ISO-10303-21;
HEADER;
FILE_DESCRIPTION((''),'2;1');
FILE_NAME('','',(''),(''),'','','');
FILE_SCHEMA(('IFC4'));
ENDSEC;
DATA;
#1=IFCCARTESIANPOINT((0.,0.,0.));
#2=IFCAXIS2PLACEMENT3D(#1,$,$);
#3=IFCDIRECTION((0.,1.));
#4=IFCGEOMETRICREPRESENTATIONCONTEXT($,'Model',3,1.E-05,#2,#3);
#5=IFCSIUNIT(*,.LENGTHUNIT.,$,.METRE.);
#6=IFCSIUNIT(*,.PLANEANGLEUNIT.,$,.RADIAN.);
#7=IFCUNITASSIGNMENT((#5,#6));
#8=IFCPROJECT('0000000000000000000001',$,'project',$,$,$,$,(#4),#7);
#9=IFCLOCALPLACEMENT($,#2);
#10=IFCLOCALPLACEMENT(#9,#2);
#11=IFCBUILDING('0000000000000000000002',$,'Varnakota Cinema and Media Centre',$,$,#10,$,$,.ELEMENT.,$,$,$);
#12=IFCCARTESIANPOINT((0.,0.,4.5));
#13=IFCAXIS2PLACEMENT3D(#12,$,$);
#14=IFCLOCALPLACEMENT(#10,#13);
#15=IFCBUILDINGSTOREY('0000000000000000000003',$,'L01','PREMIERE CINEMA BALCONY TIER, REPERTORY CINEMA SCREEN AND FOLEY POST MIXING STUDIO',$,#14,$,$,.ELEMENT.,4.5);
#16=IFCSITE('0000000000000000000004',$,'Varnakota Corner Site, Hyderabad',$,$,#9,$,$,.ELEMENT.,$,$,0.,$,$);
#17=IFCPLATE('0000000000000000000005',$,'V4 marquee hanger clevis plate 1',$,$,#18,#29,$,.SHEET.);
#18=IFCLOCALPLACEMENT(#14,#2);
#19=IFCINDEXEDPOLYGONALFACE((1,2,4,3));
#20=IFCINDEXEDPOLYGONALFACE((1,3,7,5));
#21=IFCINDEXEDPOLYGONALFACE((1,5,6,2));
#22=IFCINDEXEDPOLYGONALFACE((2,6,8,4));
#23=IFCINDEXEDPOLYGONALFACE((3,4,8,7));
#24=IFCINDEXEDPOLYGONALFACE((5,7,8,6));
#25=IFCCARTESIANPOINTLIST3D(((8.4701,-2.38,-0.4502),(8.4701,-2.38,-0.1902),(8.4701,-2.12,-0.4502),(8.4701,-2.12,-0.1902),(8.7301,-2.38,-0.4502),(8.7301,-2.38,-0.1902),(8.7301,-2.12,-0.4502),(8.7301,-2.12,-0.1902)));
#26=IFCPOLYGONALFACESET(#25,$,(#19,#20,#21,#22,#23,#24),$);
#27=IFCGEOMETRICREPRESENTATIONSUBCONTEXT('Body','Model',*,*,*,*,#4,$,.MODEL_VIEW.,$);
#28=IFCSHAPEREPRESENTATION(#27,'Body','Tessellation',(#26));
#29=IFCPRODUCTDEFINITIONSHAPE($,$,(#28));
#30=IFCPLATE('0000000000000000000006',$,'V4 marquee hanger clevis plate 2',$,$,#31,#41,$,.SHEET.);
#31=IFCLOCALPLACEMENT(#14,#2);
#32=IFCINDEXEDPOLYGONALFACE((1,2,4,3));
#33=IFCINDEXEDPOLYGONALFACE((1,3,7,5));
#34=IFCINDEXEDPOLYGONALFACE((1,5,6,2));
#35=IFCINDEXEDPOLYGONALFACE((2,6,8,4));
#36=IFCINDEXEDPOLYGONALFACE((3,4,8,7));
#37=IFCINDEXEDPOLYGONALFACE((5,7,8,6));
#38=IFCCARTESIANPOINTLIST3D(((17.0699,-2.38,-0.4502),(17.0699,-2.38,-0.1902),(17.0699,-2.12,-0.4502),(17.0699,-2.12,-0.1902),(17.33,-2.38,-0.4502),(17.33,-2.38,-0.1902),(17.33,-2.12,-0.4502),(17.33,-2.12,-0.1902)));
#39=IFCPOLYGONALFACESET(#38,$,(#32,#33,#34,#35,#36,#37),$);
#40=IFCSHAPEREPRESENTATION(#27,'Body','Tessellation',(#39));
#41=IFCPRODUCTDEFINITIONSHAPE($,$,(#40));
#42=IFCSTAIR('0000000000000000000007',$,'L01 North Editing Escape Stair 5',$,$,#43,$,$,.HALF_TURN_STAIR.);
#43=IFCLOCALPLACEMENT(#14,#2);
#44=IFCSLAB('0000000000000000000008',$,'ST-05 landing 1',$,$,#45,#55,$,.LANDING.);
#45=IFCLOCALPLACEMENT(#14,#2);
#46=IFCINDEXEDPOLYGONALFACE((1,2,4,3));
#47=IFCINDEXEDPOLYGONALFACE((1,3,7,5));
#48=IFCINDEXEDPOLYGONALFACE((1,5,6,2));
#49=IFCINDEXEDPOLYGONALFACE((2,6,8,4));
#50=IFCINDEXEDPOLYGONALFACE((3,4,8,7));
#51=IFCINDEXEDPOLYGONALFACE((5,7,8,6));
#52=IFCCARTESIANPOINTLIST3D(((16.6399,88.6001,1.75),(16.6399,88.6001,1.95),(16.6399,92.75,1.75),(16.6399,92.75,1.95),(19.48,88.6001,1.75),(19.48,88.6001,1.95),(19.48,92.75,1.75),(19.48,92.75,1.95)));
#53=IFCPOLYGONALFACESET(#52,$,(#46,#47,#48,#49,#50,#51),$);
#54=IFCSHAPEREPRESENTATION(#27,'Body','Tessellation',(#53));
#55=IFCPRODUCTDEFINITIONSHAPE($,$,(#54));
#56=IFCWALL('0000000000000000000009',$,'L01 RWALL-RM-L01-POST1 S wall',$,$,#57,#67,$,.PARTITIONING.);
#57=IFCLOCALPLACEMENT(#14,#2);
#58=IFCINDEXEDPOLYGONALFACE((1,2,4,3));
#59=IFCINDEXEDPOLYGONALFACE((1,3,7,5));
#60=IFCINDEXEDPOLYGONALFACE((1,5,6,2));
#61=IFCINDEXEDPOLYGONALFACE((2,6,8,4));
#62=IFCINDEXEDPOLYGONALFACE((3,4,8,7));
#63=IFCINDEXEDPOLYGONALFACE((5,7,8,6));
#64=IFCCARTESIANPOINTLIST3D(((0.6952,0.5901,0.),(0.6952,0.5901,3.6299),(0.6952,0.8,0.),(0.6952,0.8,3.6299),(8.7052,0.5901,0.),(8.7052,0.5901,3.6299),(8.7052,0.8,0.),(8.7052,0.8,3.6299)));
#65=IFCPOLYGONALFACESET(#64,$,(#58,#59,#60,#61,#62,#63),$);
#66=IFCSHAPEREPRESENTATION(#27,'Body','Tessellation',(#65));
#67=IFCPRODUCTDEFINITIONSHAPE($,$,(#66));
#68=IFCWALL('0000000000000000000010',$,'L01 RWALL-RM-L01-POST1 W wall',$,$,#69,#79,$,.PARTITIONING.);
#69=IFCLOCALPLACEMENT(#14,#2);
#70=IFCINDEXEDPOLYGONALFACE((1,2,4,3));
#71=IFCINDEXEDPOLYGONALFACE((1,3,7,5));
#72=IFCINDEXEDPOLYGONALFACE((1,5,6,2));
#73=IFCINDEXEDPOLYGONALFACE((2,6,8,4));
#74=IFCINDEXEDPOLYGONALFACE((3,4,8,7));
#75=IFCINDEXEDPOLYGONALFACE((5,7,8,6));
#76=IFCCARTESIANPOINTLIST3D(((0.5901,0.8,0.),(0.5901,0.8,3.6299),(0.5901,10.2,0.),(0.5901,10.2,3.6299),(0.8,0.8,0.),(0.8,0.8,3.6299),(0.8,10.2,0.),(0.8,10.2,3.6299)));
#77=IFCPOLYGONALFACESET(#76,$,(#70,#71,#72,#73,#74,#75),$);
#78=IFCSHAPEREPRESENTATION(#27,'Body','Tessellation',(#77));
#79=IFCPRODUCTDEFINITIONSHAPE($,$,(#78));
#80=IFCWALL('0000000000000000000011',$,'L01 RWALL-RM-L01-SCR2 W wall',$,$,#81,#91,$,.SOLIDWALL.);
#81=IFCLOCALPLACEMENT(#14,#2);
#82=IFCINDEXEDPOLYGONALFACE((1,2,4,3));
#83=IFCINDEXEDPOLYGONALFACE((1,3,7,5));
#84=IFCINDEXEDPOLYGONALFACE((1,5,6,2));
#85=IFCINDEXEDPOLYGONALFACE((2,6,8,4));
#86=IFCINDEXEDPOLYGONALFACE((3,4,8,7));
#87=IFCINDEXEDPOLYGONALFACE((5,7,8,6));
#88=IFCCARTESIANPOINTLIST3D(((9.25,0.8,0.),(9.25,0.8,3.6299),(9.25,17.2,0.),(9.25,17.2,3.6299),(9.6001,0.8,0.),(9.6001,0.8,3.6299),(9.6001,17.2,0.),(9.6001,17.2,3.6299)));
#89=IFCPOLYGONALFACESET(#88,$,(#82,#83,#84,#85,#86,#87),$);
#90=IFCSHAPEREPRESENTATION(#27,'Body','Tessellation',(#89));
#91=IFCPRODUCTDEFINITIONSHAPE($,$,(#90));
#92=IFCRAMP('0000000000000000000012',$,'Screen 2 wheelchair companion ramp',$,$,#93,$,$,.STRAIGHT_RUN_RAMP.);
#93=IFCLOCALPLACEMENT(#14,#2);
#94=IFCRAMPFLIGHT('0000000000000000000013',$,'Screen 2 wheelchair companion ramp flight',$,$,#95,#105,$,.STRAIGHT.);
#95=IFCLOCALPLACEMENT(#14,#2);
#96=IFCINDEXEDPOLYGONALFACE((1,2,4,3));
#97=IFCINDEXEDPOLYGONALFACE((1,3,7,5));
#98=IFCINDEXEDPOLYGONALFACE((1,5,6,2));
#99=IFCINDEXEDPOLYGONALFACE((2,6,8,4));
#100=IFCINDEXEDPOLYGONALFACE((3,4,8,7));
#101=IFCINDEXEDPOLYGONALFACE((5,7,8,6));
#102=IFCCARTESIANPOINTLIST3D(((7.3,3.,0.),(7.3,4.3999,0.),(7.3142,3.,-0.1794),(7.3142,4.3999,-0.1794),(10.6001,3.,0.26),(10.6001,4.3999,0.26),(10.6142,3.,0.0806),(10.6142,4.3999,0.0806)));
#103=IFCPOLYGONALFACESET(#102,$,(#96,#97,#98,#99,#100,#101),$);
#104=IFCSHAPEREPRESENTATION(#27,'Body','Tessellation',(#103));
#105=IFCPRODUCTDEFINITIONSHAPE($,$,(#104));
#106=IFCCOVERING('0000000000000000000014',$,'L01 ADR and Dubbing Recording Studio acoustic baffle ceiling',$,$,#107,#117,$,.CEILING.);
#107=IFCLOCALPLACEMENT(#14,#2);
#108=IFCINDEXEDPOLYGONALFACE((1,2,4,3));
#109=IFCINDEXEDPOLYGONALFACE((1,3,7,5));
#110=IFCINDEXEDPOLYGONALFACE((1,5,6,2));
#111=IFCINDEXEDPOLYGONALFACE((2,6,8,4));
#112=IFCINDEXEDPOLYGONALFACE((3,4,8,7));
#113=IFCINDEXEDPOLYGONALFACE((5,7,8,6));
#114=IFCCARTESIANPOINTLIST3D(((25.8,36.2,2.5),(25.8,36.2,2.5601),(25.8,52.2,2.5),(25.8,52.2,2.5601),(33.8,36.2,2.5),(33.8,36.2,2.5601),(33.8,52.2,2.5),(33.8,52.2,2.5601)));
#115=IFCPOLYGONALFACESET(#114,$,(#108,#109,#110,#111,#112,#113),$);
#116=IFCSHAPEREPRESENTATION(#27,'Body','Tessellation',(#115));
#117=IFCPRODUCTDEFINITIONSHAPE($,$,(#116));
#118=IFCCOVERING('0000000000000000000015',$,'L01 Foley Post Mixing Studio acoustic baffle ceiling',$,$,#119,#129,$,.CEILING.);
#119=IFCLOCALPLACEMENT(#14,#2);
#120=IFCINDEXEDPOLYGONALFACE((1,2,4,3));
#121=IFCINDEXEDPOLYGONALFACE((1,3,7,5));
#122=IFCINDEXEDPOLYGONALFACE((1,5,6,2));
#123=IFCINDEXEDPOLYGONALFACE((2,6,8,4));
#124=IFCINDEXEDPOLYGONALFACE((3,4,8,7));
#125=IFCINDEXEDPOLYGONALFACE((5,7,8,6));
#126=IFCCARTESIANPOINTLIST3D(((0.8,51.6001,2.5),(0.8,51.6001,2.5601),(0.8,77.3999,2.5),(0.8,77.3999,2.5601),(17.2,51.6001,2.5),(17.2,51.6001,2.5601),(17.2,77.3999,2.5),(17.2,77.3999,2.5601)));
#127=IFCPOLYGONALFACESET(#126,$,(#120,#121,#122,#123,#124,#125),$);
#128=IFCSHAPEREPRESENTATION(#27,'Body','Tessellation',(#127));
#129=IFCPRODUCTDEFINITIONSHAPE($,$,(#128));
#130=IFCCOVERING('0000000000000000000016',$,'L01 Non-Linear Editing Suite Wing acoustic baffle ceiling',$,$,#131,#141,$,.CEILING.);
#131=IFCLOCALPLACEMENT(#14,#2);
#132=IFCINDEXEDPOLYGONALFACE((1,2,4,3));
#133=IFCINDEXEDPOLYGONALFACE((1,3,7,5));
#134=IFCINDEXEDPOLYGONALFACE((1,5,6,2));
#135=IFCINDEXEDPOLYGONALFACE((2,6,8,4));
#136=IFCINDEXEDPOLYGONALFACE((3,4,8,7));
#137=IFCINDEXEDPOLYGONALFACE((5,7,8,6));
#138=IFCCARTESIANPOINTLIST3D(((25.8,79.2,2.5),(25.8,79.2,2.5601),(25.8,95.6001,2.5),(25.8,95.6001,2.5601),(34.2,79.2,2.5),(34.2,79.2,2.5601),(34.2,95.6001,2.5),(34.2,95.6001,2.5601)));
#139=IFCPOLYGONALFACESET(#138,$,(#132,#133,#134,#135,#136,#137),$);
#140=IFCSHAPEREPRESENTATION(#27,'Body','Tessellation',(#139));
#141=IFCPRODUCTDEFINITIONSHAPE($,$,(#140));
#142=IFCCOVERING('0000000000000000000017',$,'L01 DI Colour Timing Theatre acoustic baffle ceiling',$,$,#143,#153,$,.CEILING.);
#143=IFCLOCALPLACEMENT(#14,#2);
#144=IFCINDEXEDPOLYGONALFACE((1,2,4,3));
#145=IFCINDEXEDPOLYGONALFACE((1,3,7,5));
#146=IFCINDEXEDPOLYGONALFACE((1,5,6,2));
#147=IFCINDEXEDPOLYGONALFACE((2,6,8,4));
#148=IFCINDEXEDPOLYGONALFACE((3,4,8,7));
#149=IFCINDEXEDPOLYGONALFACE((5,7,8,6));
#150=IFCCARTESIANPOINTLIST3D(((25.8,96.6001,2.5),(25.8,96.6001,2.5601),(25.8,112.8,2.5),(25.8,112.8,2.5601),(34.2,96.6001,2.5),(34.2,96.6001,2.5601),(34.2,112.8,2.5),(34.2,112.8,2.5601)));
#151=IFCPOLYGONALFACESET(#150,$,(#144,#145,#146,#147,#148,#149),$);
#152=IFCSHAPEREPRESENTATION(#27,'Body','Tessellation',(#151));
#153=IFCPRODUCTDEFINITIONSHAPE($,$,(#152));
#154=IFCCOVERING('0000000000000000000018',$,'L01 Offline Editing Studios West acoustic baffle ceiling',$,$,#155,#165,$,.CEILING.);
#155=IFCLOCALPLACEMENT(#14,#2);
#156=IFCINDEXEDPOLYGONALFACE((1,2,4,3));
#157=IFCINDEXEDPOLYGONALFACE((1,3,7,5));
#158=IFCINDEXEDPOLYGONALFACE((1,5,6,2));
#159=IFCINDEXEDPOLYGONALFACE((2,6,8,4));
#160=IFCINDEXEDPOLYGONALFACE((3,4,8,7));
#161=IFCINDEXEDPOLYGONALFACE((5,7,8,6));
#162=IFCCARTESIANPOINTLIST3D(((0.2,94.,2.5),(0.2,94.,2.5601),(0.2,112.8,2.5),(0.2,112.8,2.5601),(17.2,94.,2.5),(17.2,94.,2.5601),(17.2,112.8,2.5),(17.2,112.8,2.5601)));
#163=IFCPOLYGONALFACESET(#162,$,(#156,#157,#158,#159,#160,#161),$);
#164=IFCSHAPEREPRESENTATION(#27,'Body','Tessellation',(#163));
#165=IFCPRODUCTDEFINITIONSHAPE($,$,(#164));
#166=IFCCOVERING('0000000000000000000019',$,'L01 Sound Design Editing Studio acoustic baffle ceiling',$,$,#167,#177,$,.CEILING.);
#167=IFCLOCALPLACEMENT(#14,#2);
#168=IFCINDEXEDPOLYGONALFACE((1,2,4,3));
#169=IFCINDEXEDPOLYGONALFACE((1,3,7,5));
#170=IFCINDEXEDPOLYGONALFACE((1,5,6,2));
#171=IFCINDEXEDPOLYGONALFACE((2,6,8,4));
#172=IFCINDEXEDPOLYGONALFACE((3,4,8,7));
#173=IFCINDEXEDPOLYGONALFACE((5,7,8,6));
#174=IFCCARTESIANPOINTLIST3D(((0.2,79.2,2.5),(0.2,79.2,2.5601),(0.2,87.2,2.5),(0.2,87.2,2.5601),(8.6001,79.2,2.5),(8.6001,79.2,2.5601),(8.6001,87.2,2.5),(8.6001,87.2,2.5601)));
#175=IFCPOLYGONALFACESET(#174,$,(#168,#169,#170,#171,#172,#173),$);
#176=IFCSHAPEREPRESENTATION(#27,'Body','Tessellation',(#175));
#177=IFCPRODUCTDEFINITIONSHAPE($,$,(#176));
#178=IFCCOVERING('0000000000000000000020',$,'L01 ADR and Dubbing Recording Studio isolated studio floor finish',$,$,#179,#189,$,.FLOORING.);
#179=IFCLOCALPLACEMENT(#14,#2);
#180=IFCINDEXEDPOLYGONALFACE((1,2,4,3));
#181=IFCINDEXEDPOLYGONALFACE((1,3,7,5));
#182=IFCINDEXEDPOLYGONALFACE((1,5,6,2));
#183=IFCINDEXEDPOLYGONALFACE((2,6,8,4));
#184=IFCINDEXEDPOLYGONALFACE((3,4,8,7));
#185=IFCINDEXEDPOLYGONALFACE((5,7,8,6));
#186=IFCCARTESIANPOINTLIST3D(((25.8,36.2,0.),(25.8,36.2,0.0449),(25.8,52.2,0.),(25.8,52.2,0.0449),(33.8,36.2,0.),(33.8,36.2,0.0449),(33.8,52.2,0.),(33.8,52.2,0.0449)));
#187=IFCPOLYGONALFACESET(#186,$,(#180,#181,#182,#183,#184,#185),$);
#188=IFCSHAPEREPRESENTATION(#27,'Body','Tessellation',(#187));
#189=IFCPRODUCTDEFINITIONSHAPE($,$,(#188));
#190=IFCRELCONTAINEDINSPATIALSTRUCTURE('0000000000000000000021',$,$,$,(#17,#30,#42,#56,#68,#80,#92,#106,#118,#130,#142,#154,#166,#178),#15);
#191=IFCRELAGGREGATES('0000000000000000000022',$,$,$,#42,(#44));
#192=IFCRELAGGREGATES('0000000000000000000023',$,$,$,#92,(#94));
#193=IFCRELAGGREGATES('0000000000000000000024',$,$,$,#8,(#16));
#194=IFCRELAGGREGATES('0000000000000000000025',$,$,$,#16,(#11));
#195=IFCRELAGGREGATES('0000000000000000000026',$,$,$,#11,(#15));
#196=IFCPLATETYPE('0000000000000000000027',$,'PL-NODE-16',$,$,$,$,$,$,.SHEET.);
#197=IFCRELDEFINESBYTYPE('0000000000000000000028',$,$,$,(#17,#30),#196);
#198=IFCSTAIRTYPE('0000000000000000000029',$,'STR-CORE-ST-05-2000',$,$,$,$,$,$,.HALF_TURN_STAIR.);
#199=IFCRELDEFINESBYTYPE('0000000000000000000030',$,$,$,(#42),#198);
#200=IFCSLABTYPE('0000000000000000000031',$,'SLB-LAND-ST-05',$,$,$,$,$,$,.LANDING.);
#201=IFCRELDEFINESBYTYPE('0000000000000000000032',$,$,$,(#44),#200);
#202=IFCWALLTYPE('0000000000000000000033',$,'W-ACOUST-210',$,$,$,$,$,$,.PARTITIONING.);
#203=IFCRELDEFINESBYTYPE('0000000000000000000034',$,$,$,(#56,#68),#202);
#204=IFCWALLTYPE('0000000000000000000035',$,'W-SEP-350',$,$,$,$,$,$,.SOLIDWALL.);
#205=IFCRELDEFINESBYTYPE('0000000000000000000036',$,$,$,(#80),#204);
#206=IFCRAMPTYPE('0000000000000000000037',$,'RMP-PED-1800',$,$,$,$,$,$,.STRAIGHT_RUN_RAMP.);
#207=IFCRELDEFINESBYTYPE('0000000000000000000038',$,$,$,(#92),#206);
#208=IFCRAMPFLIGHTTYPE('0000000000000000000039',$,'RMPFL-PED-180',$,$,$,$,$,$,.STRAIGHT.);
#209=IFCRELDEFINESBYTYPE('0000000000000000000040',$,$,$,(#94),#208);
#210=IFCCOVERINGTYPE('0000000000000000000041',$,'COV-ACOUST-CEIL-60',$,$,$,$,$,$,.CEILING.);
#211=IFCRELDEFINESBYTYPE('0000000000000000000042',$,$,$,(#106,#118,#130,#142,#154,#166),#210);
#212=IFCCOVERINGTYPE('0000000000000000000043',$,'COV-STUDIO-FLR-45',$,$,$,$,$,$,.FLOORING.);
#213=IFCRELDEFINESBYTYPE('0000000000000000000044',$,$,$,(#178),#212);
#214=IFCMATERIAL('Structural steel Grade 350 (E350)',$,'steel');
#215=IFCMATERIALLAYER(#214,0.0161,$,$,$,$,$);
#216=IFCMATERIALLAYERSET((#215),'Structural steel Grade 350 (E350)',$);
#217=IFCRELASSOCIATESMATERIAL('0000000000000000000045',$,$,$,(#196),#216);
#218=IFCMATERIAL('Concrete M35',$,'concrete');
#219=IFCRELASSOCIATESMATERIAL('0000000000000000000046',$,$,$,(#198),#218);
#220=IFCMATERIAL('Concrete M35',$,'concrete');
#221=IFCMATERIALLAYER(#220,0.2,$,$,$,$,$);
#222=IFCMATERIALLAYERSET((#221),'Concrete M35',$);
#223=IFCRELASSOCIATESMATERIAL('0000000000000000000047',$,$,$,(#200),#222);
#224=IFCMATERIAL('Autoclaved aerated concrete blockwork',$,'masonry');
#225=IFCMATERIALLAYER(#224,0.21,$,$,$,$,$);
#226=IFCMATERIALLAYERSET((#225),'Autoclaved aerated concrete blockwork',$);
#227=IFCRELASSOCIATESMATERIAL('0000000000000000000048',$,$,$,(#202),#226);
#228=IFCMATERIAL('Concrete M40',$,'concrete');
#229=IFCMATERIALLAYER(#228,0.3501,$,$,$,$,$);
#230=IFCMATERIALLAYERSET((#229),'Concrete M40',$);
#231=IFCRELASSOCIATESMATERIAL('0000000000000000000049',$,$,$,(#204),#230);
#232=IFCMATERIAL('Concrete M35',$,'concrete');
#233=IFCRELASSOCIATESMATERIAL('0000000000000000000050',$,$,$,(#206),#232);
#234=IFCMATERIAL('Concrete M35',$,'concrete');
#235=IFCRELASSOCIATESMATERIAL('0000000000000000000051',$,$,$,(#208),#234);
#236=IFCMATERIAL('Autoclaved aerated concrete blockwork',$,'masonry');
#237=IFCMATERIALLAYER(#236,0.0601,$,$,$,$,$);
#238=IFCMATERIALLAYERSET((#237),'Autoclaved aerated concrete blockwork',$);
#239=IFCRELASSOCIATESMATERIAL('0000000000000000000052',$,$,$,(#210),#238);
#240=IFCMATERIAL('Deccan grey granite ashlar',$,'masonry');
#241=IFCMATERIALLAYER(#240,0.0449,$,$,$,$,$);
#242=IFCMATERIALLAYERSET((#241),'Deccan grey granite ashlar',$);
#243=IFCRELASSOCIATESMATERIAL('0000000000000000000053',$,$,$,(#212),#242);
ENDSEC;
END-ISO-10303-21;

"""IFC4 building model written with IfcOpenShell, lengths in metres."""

from ifc_helpers import new_model, si_unit, direction, frame, frame_2d, origin, origin_2d, place, context, subcontext, project, spatial, polyline, rectangle, outline, extrude, material, layer, layer_set, type_object, element, aggregate, save


model = new_model("IFC4")

# Units and contexts
model_context = context("Model", 3, precision=1e-05, world=origin(), true_north=direction((0.0, 1.0)))
body_context = subcontext(model_context, "Body", "Model", "MODEL_VIEW")
ifc_project = project(units=[si_unit("LENGTHUNIT", "METRE"), si_unit("PLANEANGLEUNIT", "RADIAN")], contexts=[model_context])

# Site, building, storey
site_placement = place(None, origin())
site = spatial("IfcSite", under=ifc_project, at=site_placement, Name="Varnakota Corner Site, Hyderabad", CompositionType="ELEMENT", RefElevation=0.0)
building_placement = place(site_placement, origin())
building = spatial("IfcBuilding", under=site, at=building_placement, Name="Varnakota Cinema and Media Centre", CompositionType="ELEMENT")
storey_placement = place(building_placement, frame((0.0, 0.0, 4.5)))
storey = spatial("IfcBuildingStorey", under=building, at=storey_placement, Name="L01", Description="PREMIERE CINEMA BALCONY TIER, REPERTORY CINEMA SCREEN AND FOLEY POST MIXING STUDIO", CompositionType="ELEMENT", Elevation=4.5)

# Plates
ifc_material_1 = material(Name="Structural steel Grade 350 (E350)", Category="steel")
ifc_layer_1 = layer(ifc_material_1, 0.0161)
ifc_layer_set_1 = layer_set([ifc_layer_1], Name="Structural steel Grade 350 (E350)")
plate_type = type_object("IfcPlateType", Name="PL-NODE-16", PredefinedType="SHEET", material=ifc_layer_set_1)
for number, where, z_axis, x_axis, name in (
    (1, (8.6001, -2.25, -0.4502), (0.0, 0.0, 1.0), (1.0, 0.0, 0.0), "V4 marquee hanger clevis plate 1"),
    (2, (17.2, -2.25, -0.4502), (0.0, 0.0, 1.0), (1.0, 0.0, 0.0), "V4 marquee hanger clevis plate 2"),
):
    element("IfcPlate", number, at=place(storey_placement, frame(where, z_axis=z_axis, x_axis=x_axis)), inside=storey, type_object=plate_type, Name=name, PredefinedType="SHEET", context=body_context, shape_type="SweptSolid", body=[
        extrude(rectangle(XDim=0.26, YDim=0.26, at=origin_2d()), origin(), (0.0, 0.0, 1.0), 0.26),
    ])

# Stair, slab
ifc_material_2 = material(Name="Concrete M35", Category="concrete")
stair_type = type_object("IfcStairType", Name="STR-CORE-ST-05-2000", PredefinedType="HALF_TURN_STAIR", material=ifc_material_2)
stair_placement = place(storey_placement, origin())
stair = element("IfcStair", 3, at=stair_placement, inside=storey, type_object=stair_type, Name="L01 North Editing Escape Stair 5", PredefinedType="HALF_TURN_STAIR")
ifc_material_3 = material(Name="Concrete M35", Category="concrete")
ifc_layer_2 = layer(ifc_material_3, 0.2)
ifc_layer_set_2 = layer_set([ifc_layer_2], Name="Concrete M35")
slab_type = type_object("IfcSlabType", Name="SLB-LAND-ST-05", PredefinedType="LANDING", material=ifc_layer_set_2)
slab_placement = place(storey_placement, frame((0.0, 0.0, 1.75)))
slab = element("IfcSlab", 4, at=slab_placement, type_object=slab_type, Name="ST-05 landing 1", PredefinedType="LANDING", context=body_context, shape_type="SweptSolid", body=[
    extrude(outline(polyline([(16.6399, 88.6001), (19.48, 88.6001), (19.48, 92.75), (16.6399, 92.75), (16.6399, 88.6001)])), origin(), (0.0, 0.0, 1.0), 0.2),
])
aggregate(stair, [slab])

# Walls
ifc_material_4 = material(Name="Autoclaved aerated concrete blockwork", Category="masonry")
ifc_layer_3 = layer(ifc_material_4, 0.21)
ifc_layer_set_3 = layer_set([ifc_layer_3], Name="Autoclaved aerated concrete blockwork")
wall_type_1 = type_object("IfcWallType", Name="W-ACOUST-210", PredefinedType="PARTITIONING", material=ifc_layer_set_3)
wall_1_placement = place(storey_placement, frame((8.7051, 0.6951, 0.0), z_axis=(0.0, 0.0, 1.0), x_axis=(-1.0, 0.0, 0.0)))
element("IfcWall", 5, at=wall_1_placement, inside=storey, type_object=wall_type_1, Name="L01 RWALL-RM-L01-POST1 S wall", PredefinedType="PARTITIONING", context=body_context, shape_type="SweptSolid", body=[
    extrude(rectangle(XDim=8.01, YDim=0.21, at=frame_2d((4.0049, 0.0))), origin(), (0.0, 0.0, 1.0), 3.6299),
])
wall_2_placement = place(storey_placement, frame((0.6951, 0.8, 0.0), z_axis=(0.0, 0.0, 1.0), x_axis=(0.0, 1.0, 0.0)))
element("IfcWall", 6, at=wall_2_placement, inside=storey, type_object=wall_type_1, Name="L01 RWALL-RM-L01-POST1 W wall", PredefinedType="PARTITIONING", context=body_context, shape_type="SweptSolid", body=[
    extrude(rectangle(XDim=9.3999, YDim=0.21, at=frame_2d((4.7, 0.0))), origin(), (0.0, 0.0, 1.0), 3.6299),
])
ifc_material_5 = material(Name="Concrete M40", Category="concrete")
ifc_layer_4 = layer(ifc_material_5, 0.3501)
ifc_layer_set_4 = layer_set([ifc_layer_4], Name="Concrete M40")
wall_type_2 = type_object("IfcWallType", Name="W-SEP-350", PredefinedType="SOLIDWALL", material=ifc_layer_set_4)
wall_3_placement = place(storey_placement, frame((9.425, 0.8, 0.0), z_axis=(0.0, 0.0, 1.0), x_axis=(0.0, 1.0, 0.0)))
element("IfcWall", 7, at=wall_3_placement, inside=storey, type_object=wall_type_2, Name="L01 RWALL-RM-L01-SCR2 W wall", PredefinedType="SOLIDWALL", context=body_context, shape_type="SweptSolid", body=[
    extrude(rectangle(XDim=16.3999, YDim=0.3501, at=frame_2d((8.2, 0.0))), origin(), (0.0, 0.0, 1.0), 3.6299),
])

# Ramp, ramp flight
ifc_material_6 = material(Name="Concrete M35", Category="concrete")
ramp_type = type_object("IfcRampType", Name="RMP-PED-1800", PredefinedType="STRAIGHT_RUN_RAMP", material=ifc_material_6)
ramp_placement = place(storey_placement, frame((8.95, 3.7, 0.0798), z_axis=(0.0, 0.0, 1.0), x_axis=(1.0, 0.0, 0.0)))
ramp = element("IfcRamp", 8, at=ramp_placement, inside=storey, type_object=ramp_type, Name="Screen 2 wheelchair companion ramp", PredefinedType="STRAIGHT_RUN_RAMP")
ifc_material_7 = material(Name="Concrete M35", Category="concrete")
ramp_flight_type = type_object("IfcRampFlightType", Name="RMPFL-PED-180", PredefinedType="STRAIGHT", material=ifc_material_7)
ramp_flight_placement = place(storey_placement, frame((7.3, 3.0, 0.0), z_axis=(-0.078546, 0.0, 0.99691), x_axis=(0.99691, 0.0, 0.078546)))
ramp_flight = element("IfcRampFlight", 9, at=ramp_flight_placement, type_object=ramp_flight_type, Name="Screen 2 wheelchair companion ramp flight", PredefinedType="STRAIGHT", context=body_context, shape_type="SweptSolid", body=[
    extrude(outline(polyline([(0.0, 0.0), (3.3103, 0.0), (3.3103, 1.3999), (0.0, 1.3999), (0.0, 0.0)])), origin(), (0.0, 0.0, -1.0), 0.1799),
])
aggregate(ramp, [ramp_flight])

# Coverings
ifc_material_8 = material(Name="Autoclaved aerated concrete blockwork", Category="masonry")
ifc_layer_5 = layer(ifc_material_8, 0.0601)
ifc_layer_set_5 = layer_set([ifc_layer_5], Name="Autoclaved aerated concrete blockwork")
covering_type_1 = type_object("IfcCoveringType", Name="COV-ACOUST-CEIL-60", PredefinedType="CEILING", material=ifc_layer_set_5)
covering_1_placement = place(storey_placement, frame((0.0, 0.0, 2.5)))
element("IfcCovering", 10, at=covering_1_placement, inside=storey, type_object=covering_type_1, Name="L01 ADR and Dubbing Recording Studio acoustic baffle ceiling", PredefinedType="CEILING", context=body_context, shape_type="SweptSolid", body=[
    extrude(outline(polyline([(25.8, 36.2), (33.8, 36.2), (33.8, 52.2), (25.8, 52.2), (25.8, 36.2)])), origin(), (0.0, 0.0, 1.0), 0.0601),
])
covering_2_placement = place(storey_placement, frame((0.0, 0.0, 2.5)))
element("IfcCovering", 11, at=covering_2_placement, inside=storey, type_object=covering_type_1, Name="L01 Foley Post Mixing Studio acoustic baffle ceiling", PredefinedType="CEILING", context=body_context, shape_type="SweptSolid", body=[
    extrude(outline(polyline([(0.8, 51.6001), (17.2, 51.6001), (17.2, 77.3999), (0.8, 77.3999), (0.8, 51.6001)])), origin(), (0.0, 0.0, 1.0), 0.0601),
])
covering_3_placement = place(storey_placement, frame((0.0, 0.0, 2.5)))
element("IfcCovering", 12, at=covering_3_placement, inside=storey, type_object=covering_type_1, Name="L01 Non-Linear Editing Suite Wing acoustic baffle ceiling", PredefinedType="CEILING", context=body_context, shape_type="SweptSolid", body=[
    extrude(outline(polyline([(25.8, 79.2), (34.2, 79.2), (34.2, 95.6001), (25.8, 95.6001), (25.8, 79.2)])), origin(), (0.0, 0.0, 1.0), 0.0601),
])
covering_4_placement = place(storey_placement, frame((0.0, 0.0, 2.5)))
element("IfcCovering", 13, at=covering_4_placement, inside=storey, type_object=covering_type_1, Name="L01 DI Colour Timing Theatre acoustic baffle ceiling", PredefinedType="CEILING", context=body_context, shape_type="SweptSolid", body=[
    extrude(outline(polyline([(25.8, 96.6001), (34.2, 96.6001), (34.2, 112.8), (25.8, 112.8), (25.8, 96.6001)])), origin(), (0.0, 0.0, 1.0), 0.0601),
])
covering_5_placement = place(storey_placement, frame((0.0, 0.0, 2.5)))
element("IfcCovering", 14, at=covering_5_placement, inside=storey, type_object=covering_type_1, Name="L01 Offline Editing Studios West acoustic baffle ceiling", PredefinedType="CEILING", context=body_context, shape_type="SweptSolid", body=[
    extrude(outline(polyline([(0.2, 94.0), (17.2, 94.0), (17.2, 112.8), (0.2, 112.8), (0.2, 94.0)])), origin(), (0.0, 0.0, 1.0), 0.0601),
])
covering_6_placement = place(storey_placement, frame((0.0, 0.0, 2.5)))
element("IfcCovering", 15, at=covering_6_placement, inside=storey, type_object=covering_type_1, Name="L01 Sound Design Editing Studio acoustic baffle ceiling", PredefinedType="CEILING", context=body_context, shape_type="SweptSolid", body=[
    extrude(outline(polyline([(0.2, 79.2), (8.6001, 79.2), (8.6001, 87.2), (0.2, 87.2), (0.2, 79.2)])), origin(), (0.0, 0.0, 1.0), 0.0601),
])
ifc_material_9 = material(Name="Deccan grey granite ashlar", Category="masonry")
ifc_layer_6 = layer(ifc_material_9, 0.0449)
ifc_layer_set_6 = layer_set([ifc_layer_6], Name="Deccan grey granite ashlar")
covering_type_2 = type_object("IfcCoveringType", Name="COV-STUDIO-FLR-45", PredefinedType="FLOORING", material=ifc_layer_set_6)
covering_7_placement = place(storey_placement, origin())
element("IfcCovering", 16, at=covering_7_placement, inside=storey, type_object=covering_type_2, Name="L01 ADR and Dubbing Recording Studio isolated studio floor finish", PredefinedType="FLOORING", context=body_context, shape_type="SweptSolid", body=[
    extrude(outline(polyline([(25.8, 36.2), (33.8, 36.2), (33.8, 52.2), (25.8, 52.2), (25.8, 36.2)])), origin(), (0.0, 0.0, 1.0), 0.0449),
])

save(model, "model.ifc")
